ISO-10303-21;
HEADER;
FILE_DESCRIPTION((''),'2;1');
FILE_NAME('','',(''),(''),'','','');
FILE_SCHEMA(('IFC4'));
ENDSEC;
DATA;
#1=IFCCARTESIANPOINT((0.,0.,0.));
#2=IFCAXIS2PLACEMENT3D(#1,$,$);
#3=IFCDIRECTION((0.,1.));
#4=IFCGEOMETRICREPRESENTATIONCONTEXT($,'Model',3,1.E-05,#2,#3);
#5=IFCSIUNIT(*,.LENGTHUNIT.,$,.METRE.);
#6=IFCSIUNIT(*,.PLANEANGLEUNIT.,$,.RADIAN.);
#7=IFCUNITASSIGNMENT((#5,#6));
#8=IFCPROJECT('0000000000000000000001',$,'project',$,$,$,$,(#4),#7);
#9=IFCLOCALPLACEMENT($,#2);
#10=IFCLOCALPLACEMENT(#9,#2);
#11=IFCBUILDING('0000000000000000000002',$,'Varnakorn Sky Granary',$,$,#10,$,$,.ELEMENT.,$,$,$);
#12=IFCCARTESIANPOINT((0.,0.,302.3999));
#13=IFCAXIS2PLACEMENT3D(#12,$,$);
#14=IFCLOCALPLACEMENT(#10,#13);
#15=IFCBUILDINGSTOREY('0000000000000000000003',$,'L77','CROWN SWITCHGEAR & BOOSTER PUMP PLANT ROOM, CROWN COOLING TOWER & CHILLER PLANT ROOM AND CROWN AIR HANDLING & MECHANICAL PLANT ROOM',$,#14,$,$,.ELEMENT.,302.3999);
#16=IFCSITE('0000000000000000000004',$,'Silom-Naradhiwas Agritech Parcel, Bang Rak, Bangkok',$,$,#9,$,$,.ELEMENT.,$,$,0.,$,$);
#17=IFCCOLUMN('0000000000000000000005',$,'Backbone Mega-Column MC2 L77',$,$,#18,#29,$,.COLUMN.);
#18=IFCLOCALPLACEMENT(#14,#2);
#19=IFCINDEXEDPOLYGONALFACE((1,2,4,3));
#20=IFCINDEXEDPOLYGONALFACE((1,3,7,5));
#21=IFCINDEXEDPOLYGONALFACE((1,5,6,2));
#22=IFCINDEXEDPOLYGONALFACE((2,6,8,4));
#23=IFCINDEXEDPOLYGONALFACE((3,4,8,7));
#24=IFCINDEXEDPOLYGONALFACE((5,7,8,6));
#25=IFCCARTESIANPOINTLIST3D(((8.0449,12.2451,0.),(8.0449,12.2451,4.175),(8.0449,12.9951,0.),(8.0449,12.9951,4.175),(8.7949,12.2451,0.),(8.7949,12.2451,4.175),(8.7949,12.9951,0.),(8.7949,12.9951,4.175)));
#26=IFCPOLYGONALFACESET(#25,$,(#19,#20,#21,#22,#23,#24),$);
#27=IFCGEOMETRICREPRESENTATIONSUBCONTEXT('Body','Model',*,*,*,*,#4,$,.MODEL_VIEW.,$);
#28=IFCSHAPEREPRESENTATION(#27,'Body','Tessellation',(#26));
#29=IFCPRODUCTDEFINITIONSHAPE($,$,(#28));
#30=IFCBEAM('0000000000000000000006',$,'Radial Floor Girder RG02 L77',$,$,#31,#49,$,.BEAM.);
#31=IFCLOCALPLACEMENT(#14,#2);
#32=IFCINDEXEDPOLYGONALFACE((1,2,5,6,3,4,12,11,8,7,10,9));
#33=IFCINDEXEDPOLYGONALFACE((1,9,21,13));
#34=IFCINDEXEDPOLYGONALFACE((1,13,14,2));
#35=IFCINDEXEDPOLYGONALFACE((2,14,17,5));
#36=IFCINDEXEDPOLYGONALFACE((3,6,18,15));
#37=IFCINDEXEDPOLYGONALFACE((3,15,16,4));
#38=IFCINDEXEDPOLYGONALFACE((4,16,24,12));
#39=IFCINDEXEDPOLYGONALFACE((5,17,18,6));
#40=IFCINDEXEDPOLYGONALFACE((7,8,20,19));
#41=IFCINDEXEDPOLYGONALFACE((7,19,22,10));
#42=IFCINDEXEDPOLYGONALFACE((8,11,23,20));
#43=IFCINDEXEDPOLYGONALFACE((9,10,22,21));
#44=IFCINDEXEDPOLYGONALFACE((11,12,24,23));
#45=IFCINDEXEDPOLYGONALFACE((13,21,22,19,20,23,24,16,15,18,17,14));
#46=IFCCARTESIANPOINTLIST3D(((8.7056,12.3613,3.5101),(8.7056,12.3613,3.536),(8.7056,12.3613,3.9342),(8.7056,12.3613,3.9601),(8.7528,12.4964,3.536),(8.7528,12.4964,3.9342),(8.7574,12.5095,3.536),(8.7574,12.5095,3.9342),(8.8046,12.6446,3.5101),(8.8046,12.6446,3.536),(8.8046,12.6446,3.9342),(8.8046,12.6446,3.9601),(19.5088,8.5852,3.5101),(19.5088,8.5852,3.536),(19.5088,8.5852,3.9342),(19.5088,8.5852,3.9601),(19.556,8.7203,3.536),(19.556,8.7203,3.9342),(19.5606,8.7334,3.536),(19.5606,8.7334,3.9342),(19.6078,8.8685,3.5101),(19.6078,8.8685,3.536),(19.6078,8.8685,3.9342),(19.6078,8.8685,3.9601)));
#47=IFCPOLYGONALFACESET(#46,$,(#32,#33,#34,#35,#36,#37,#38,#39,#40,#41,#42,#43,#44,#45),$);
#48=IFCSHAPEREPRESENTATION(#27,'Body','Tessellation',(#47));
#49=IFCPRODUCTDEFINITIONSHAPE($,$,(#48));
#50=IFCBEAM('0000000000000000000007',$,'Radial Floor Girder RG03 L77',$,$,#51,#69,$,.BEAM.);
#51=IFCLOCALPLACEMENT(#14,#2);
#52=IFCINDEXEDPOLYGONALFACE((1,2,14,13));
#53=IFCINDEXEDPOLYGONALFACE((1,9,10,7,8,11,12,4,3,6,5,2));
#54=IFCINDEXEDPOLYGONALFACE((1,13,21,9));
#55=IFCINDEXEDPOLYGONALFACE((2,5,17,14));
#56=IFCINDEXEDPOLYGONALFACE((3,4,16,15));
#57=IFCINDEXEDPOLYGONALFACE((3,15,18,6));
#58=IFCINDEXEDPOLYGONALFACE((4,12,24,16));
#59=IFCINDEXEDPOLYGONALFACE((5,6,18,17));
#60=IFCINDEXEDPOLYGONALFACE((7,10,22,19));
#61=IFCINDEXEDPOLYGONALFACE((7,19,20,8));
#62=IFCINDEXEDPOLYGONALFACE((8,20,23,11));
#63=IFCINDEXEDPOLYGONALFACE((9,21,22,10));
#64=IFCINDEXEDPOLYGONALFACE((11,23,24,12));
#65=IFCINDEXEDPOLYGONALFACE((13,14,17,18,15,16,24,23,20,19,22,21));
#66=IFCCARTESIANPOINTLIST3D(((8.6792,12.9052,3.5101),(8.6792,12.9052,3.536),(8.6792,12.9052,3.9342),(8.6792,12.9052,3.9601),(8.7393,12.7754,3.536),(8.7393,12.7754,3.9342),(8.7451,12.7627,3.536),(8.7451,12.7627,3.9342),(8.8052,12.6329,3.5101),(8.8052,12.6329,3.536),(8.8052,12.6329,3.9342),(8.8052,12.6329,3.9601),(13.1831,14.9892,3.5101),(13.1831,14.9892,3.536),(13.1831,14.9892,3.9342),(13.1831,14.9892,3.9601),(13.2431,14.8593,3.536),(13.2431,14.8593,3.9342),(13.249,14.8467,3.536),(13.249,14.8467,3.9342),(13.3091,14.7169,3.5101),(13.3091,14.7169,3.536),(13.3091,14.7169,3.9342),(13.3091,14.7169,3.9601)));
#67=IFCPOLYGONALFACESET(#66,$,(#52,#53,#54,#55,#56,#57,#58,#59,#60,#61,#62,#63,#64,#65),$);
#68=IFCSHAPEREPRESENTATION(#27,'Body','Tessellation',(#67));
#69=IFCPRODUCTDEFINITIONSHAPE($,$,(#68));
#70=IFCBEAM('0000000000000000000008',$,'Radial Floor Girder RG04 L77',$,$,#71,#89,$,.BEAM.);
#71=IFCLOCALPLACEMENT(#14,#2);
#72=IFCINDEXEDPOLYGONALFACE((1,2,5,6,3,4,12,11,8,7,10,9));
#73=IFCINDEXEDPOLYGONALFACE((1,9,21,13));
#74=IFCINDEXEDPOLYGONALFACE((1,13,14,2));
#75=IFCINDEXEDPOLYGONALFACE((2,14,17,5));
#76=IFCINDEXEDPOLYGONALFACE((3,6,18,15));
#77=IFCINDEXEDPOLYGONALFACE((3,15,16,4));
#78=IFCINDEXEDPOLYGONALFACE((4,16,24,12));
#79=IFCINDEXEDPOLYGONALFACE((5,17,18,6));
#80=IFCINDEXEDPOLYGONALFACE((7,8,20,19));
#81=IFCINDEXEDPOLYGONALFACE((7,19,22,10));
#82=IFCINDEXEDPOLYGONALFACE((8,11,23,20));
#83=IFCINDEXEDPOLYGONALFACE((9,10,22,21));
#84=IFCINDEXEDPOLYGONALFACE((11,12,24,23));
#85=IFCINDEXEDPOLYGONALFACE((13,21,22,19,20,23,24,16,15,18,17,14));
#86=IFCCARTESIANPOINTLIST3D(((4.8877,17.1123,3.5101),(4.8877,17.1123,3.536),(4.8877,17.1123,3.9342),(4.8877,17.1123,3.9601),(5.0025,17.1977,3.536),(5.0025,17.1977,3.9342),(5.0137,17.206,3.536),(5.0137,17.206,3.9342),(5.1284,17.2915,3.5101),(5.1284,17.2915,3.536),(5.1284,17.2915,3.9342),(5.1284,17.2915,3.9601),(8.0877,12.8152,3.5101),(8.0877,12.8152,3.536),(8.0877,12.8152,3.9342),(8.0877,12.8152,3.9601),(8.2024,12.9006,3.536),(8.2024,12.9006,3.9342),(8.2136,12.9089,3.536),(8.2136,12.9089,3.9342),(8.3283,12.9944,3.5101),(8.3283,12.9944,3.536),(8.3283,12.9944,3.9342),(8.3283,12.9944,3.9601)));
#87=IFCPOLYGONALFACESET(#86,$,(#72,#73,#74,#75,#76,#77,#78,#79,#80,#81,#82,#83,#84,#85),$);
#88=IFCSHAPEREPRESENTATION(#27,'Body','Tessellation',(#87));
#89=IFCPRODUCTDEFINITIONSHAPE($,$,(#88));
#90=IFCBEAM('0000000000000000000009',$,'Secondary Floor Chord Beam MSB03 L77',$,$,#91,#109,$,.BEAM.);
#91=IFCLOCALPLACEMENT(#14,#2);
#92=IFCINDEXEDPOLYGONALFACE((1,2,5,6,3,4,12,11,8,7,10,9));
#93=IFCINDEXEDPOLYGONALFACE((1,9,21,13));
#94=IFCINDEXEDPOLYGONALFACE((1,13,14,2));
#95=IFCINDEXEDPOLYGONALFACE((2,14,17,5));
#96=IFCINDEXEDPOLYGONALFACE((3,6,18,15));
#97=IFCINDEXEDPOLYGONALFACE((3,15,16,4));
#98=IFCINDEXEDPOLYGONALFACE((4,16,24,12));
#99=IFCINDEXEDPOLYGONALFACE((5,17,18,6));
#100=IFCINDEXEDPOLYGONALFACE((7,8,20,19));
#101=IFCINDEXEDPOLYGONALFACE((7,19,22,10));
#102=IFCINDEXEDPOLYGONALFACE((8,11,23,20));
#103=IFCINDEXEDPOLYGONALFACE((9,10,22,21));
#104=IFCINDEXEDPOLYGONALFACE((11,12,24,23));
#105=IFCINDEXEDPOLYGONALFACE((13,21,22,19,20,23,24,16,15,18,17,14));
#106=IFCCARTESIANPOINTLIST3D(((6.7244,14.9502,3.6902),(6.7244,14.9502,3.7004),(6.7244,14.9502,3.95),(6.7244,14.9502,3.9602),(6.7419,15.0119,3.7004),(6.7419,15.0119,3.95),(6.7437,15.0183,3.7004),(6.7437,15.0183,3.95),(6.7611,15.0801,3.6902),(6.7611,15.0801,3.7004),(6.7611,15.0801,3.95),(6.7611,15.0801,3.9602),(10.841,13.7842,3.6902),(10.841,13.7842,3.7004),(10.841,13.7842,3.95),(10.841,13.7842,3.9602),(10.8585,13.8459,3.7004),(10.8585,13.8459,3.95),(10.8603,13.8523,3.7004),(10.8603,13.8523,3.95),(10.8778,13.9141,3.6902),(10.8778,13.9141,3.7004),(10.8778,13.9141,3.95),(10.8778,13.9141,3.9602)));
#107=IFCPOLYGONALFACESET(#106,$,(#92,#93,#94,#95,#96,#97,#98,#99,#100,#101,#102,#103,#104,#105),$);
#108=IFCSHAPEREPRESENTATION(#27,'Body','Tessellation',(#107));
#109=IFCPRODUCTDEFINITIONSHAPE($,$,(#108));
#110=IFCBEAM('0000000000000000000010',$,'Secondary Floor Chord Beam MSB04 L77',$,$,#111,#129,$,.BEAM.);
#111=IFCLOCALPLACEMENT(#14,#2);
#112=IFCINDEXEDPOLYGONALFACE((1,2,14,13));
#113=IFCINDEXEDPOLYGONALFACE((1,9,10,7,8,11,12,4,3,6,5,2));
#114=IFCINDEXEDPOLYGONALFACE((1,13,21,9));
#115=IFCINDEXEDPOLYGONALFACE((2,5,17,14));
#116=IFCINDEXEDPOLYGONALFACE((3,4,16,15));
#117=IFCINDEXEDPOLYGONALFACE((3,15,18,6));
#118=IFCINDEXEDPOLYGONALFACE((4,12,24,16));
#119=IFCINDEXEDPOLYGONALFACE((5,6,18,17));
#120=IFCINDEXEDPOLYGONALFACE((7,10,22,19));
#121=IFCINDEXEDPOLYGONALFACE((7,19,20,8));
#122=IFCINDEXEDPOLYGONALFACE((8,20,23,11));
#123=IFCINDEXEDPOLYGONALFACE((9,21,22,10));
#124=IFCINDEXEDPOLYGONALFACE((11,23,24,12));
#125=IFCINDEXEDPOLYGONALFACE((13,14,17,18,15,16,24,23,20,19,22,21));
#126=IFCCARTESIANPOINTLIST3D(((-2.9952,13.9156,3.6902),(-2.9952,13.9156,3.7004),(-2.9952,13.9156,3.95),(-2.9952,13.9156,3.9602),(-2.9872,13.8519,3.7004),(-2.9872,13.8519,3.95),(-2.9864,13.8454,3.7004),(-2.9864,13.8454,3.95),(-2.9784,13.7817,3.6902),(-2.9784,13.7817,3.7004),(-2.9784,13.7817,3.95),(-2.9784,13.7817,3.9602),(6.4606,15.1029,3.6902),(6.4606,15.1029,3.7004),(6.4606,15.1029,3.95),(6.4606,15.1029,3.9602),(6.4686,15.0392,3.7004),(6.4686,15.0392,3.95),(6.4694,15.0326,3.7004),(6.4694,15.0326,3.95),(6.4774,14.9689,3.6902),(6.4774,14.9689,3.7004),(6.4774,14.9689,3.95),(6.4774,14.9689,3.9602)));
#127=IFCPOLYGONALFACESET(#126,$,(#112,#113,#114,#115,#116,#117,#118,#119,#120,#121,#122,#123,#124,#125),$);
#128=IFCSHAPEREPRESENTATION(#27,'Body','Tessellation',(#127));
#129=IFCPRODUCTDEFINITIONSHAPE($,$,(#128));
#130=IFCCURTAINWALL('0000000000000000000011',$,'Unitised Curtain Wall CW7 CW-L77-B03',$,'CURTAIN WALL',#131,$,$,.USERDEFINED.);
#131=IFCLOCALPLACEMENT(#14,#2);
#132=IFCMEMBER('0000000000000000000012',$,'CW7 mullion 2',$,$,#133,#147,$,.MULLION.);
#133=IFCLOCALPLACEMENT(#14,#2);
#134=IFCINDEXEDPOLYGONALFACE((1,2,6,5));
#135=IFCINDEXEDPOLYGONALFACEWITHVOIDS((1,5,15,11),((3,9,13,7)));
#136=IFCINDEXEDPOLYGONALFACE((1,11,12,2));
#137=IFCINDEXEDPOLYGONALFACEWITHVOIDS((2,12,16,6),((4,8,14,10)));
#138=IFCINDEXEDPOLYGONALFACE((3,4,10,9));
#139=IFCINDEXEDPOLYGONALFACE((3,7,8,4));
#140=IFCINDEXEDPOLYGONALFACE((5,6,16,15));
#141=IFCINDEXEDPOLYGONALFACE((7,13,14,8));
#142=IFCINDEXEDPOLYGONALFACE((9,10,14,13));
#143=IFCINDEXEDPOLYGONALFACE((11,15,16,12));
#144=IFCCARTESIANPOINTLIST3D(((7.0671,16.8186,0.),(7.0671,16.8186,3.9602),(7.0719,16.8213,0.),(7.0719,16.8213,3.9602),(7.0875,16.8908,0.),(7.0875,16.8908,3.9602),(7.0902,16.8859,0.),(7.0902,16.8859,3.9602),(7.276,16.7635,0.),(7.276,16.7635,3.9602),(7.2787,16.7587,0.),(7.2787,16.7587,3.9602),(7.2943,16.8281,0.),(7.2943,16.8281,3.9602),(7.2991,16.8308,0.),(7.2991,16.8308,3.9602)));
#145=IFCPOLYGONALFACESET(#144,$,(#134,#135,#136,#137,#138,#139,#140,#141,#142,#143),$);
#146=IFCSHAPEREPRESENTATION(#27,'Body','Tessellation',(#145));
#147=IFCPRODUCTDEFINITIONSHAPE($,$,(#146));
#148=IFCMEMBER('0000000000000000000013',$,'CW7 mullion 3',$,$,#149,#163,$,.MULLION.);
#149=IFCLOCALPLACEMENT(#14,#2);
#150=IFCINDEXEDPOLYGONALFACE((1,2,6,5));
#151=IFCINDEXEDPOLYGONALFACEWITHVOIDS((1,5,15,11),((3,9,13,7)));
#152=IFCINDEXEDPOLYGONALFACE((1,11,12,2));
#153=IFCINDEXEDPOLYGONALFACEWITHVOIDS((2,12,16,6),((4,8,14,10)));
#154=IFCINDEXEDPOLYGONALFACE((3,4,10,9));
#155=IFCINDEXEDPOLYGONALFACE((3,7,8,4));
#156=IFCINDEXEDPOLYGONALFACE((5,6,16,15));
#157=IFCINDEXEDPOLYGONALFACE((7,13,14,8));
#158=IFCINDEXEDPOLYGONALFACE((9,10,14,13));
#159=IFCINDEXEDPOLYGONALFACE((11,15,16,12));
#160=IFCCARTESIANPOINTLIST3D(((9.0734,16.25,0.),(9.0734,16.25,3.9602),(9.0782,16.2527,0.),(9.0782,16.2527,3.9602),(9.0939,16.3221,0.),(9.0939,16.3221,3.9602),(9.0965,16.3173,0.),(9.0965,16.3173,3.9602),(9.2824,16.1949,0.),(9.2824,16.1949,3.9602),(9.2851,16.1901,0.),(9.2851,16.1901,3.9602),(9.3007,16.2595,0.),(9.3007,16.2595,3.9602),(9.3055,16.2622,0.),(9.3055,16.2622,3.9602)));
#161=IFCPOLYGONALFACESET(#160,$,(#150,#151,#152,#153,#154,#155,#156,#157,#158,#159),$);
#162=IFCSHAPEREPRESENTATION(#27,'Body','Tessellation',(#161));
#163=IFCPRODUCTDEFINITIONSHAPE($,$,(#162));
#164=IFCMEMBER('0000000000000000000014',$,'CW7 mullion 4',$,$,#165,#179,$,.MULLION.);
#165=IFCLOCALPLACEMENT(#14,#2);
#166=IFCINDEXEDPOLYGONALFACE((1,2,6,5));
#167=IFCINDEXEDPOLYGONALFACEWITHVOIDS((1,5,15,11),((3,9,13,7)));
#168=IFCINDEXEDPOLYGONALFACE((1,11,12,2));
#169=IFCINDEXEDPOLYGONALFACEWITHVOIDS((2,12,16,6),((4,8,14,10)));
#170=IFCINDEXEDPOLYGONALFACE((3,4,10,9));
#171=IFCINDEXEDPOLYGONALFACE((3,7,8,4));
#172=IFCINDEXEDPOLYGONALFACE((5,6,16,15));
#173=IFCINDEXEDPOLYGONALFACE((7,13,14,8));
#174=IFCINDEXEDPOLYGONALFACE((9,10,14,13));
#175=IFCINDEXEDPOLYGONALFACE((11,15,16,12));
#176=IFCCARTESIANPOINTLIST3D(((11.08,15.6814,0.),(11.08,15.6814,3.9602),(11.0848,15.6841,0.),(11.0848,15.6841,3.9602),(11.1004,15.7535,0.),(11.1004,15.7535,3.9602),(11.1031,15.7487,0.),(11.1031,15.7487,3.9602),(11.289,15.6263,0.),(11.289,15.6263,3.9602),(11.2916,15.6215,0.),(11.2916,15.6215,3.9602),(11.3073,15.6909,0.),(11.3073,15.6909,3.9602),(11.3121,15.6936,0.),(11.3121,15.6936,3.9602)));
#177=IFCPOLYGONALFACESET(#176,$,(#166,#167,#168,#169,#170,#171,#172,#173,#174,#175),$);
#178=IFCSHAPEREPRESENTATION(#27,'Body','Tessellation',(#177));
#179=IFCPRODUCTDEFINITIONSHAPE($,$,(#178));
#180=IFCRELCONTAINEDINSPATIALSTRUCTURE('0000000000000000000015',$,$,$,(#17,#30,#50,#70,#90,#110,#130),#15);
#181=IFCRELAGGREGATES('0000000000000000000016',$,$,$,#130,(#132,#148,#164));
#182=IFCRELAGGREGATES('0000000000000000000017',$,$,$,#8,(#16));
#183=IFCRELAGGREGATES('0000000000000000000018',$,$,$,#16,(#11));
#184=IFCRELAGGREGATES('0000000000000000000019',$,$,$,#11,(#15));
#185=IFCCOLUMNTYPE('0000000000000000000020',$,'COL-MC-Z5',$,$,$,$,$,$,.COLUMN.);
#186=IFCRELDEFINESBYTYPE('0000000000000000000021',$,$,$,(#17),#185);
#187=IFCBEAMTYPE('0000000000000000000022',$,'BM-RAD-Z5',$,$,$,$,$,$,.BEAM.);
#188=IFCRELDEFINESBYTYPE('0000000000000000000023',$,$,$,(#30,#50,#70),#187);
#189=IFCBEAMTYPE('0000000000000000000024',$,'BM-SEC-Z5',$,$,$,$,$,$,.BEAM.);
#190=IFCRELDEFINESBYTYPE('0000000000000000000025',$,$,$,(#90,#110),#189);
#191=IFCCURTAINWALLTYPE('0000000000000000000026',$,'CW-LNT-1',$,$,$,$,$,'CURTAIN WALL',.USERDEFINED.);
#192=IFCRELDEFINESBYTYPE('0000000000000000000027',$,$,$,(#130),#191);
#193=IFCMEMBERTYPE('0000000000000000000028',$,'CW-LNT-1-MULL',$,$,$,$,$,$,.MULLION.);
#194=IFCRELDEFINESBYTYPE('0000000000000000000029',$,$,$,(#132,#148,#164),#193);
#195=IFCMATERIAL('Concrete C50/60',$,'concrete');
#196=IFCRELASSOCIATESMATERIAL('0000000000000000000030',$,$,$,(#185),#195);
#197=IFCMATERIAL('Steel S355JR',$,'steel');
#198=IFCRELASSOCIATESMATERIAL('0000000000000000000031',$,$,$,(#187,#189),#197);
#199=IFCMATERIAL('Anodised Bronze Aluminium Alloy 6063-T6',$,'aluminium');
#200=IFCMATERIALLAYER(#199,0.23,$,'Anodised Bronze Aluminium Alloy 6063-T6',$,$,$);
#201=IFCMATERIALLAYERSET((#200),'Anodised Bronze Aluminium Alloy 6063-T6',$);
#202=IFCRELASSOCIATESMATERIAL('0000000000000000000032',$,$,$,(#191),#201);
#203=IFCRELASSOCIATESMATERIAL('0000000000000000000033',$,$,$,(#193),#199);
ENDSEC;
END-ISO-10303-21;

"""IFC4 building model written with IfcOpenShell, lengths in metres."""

from ifc_helpers import new_model, si_unit, direction, frame, origin, origin_2d, place, context, subcontext, project, spatial, rectangle, hollow_rectangle, i_section, extrude, material, layer, layer_set, material_profile, profile_set, type_object, element, aggregate, save


model = new_model("IFC4")

# Units and contexts
model_context = context("Model", 3, precision=1e-05, world=origin(), true_north=direction((0.0, 1.0)))
body_context = subcontext(model_context, "Body", "Model", "MODEL_VIEW")
ifc_project = project(units=[si_unit("LENGTHUNIT", "METRE"), si_unit("PLANEANGLEUNIT", "RADIAN")], contexts=[model_context])

# Site, building, storey
site_placement = place(None, origin())
site = spatial("IfcSite", under=ifc_project, at=site_placement, Name="Silom-Naradhiwas Agritech Parcel, Bang Rak, Bangkok", CompositionType="ELEMENT", RefElevation=0.0)
building_placement = place(site_placement, origin())
building = spatial("IfcBuilding", under=site, at=building_placement, Name="Varnakorn Sky Granary", CompositionType="ELEMENT")
storey_placement = place(building_placement, frame((0.0, 0.0, 302.3999)))
storey = spatial("IfcBuildingStorey", under=building, at=storey_placement, Name="L77", Description="CROWN SWITCHGEAR & BOOSTER PUMP PLANT ROOM, CROWN COOLING TOWER & CHILLER PLANT ROOM AND CROWN AIR HANDLING & MECHANICAL PLANT ROOM", CompositionType="ELEMENT", Elevation=302.3999)

# Column
ifc_material_1 = material(Name="Concrete C50/60", Category="concrete")
ifc_material_profile_1 = material_profile(ifc_material_1, rectangle(XDim=0.75, YDim=0.75, at=origin_2d()), Name="RC 750x750")
ifc_profile_set_1 = profile_set([ifc_material_profile_1], Name="Concrete C50/60")
column_type = type_object("IfcColumnType", Name="COL-MC-Z5", PredefinedType="COLUMN", material=ifc_profile_set_1)
column_placement = place(storey_placement, frame((8.4199, 12.6201, 0.0), z_axis=(0.0, 0.0, 1.0), x_axis=(1.0, 0.0, 0.0)))
element("IfcColumn", 1, at=column_placement, inside=storey, type_object=column_type, Name="Backbone Mega-Column MC2 L77", PredefinedType="COLUMN", context=body_context, shape_type="SweptSolid", body=[
    extrude(rectangle(XDim=0.75, YDim=0.75, at=origin_2d()), origin(), (0.0, 0.0, 1.0), 4.175),
])

# Beams
ifc_material_2 = material(Name="Steel S355JR", Category="steel")
ifc_material_profile_2 = material_profile(ifc_material_2, i_section(OverallWidth=0.3, OverallDepth=0.45, WebThickness=0.0139, FlangeThickness=0.0259, at=origin_2d()), Name="HE 450 B")
ifc_profile_set_2 = profile_set([ifc_material_profile_2], Name="Steel S355JR")
beam_type_1 = type_object("IfcBeamType", Name="BM-RAD-Z5", PredefinedType="BEAM", material=ifc_profile_set_2)
beam_1_placement = place(storey_placement, frame((8.7551, 12.5029, 3.7351), z_axis=(0.943995, -0.329961, 0.0), x_axis=(0.329961, 0.943995, 0.0)))
element("IfcBeam", 2, at=beam_1_placement, inside=storey, type_object=beam_type_1, Name="Radial Floor Girder RG02 L77", PredefinedType="BEAM", context=body_context, shape_type="SweptSolid", body=[
    extrude(i_section(OverallWidth=0.3, OverallDepth=0.45, WebThickness=0.0139, FlangeThickness=0.0259, at=origin_2d()), origin(), (0.0, 0.0, 1.0), 11.4441),
])
beam_2_placement = place(storey_placement, frame((8.7422, 12.769, 3.7351), z_axis=(0.907556, 0.419932, 0.0), x_axis=(-0.419932, 0.907556, 0.0)))
element("IfcBeam", 3, at=beam_2_placement, inside=storey, type_object=beam_type_1, Name="Radial Floor Girder RG03 L77", PredefinedType="BEAM", context=body_context, shape_type="SweptSolid", body=[
    extrude(i_section(OverallWidth=0.3, OverallDepth=0.45, WebThickness=0.0139, FlangeThickness=0.0259, at=origin_2d()), origin(), (0.0, 0.0, 1.0), 4.9626),
])
beam_3_placement = place(storey_placement, frame((8.208, 12.9048, 3.7351), z_axis=(-0.597262, 0.802046, 0.0), x_axis=(-0.802046, -0.597262, 0.0)))
element("IfcBeam", 4, at=beam_3_placement, inside=storey, type_object=beam_type_1, Name="Radial Floor Girder RG04 L77", PredefinedType="BEAM", context=body_context, shape_type="SweptSolid", body=[
    extrude(i_section(OverallWidth=0.3, OverallDepth=0.45, WebThickness=0.0139, FlangeThickness=0.0259, at=origin_2d()), origin(), (0.0, 0.0, 1.0), 5.3577),
])
ifc_material_profile_3 = material_profile(ifc_material_2, i_section(OverallWidth=0.135, OverallDepth=0.27, WebThickness=0.0066, FlangeThickness=0.0103, at=origin_2d()), Name="IPE 270")
ifc_profile_set_3 = profile_set([ifc_material_profile_3], Name="Steel S355JR")
beam_type_2 = type_object("IfcBeamType", Name="BM-SEC-Z5", PredefinedType="BEAM", material=ifc_profile_set_3)
beam_4_placement = place(storey_placement, frame((10.8594, 13.8491, 3.8252), z_axis=(-0.96215, 0.27252, 0.0), x_axis=(-0.27252, -0.96215, 0.0)))
element("IfcBeam", 5, at=beam_4_placement, inside=storey, type_object=beam_type_2, Name="Secondary Floor Chord Beam MSB03 L77", PredefinedType="BEAM", context=body_context, shape_type="SweptSolid", body=[
    extrude(i_section(OverallWidth=0.135, OverallDepth=0.27, WebThickness=0.0066, FlangeThickness=0.0103, at=origin_2d()), origin(), (0.0, 0.0, 1.0), 4.2786),
])
beam_5_placement = place(storey_placement, frame((6.469, 15.0359, 3.8252), z_axis=(-0.99221, -0.12458, 0.0), x_axis=(0.12458, -0.99221, 0.0)))
element("IfcBeam", 6, at=beam_5_placement, inside=storey, type_object=beam_type_2, Name="Secondary Floor Chord Beam MSB04 L77", PredefinedType="BEAM", context=body_context, shape_type="SweptSolid", body=[
    extrude(i_section(OverallWidth=0.135, OverallDepth=0.27, WebThickness=0.0066, FlangeThickness=0.0103, at=origin_2d()), origin(), (0.0, 0.0, 1.0), 9.53),
])

# Curtain wall, members
ifc_material_3 = material(Name="Anodised Bronze Aluminium Alloy 6063-T6", Category="aluminium")
ifc_layer_1 = layer(ifc_material_3, 0.23, Name="Anodised Bronze Aluminium Alloy 6063-T6")
ifc_layer_set_1 = layer_set([ifc_layer_1], Name="Anodised Bronze Aluminium Alloy 6063-T6")
curtain_wall_type = type_object("IfcCurtainWallType", Name="CW-LNT-1", ElementType="CURTAIN WALL", PredefinedType="USERDEFINED", material=ifc_layer_set_1)
curtain_wall_placement = place(storey_placement, origin())
curtain_wall = element("IfcCurtainWall", 7, at=curtain_wall_placement, inside=storey, type_object=curtain_wall_type, Name="Unitised Curtain Wall CW7 CW-L77-B03", ObjectType="CURTAIN WALL", PredefinedType="USERDEFINED")
ifc_material_profile_4 = material_profile(ifc_material_3, hollow_rectangle(XDim=0.075, YDim=0.22, WallThickness=0.0039, at=origin_2d()), Name="ALU MULL 75x220")
ifc_profile_set_4 = profile_set([ifc_material_profile_4], Name="Anodised Bronze Aluminium Alloy 6063-T6")
member_type_1 = type_object("IfcMemberType", Name="CW-LNT-1-MULL", PredefinedType="MULLION", material=ifc_profile_set_4)
member_1_placement = place(storey_placement, frame((7.1831, 16.8247, 0.0), z_axis=(0.0, 0.0, 1.0), x_axis=(0.27265, 0.962113, 0.0)))
member_1 = element("IfcMember", 8, at=member_1_placement, type_object=member_type_1, Name="CW7 mullion 2", PredefinedType="MULLION", context=body_context, shape_type="SweptSolid", body=[
    extrude(hollow_rectangle(XDim=0.075, YDim=0.22, WallThickness=0.0039, at=origin_2d()), origin(), (0.0, 0.0, 1.0), 3.9602),
])
member_2_placement = place(storey_placement, frame((9.1895, 16.2561, 0.0), z_axis=(0.0, 0.0, 1.0), x_axis=(0.27265, 0.962113, 0.0)))
member_2 = element("IfcMember", 9, at=member_2_placement, type_object=member_type_1, Name="CW7 mullion 3", PredefinedType="MULLION", context=body_context, shape_type="SweptSolid", body=[
    extrude(hollow_rectangle(XDim=0.075, YDim=0.22, WallThickness=0.0039, at=origin_2d()), origin(), (0.0, 0.0, 1.0), 3.9602),
])
member_3_placement = place(storey_placement, frame((11.196, 15.6875, 0.0), z_axis=(0.0, 0.0, 1.0), x_axis=(0.27265, 0.962113, 0.0)))
member_3 = element("IfcMember", 10, at=member_3_placement, type_object=member_type_1, Name="CW7 mullion 4", PredefinedType="MULLION", context=body_context, shape_type="SweptSolid", body=[
    extrude(hollow_rectangle(XDim=0.075, YDim=0.22, WallThickness=0.0039, at=origin_2d()), origin(), (0.0, 0.0, 1.0), 3.9602),
])

aggregate(curtain_wall, [member_1, member_2, member_3])

save(model, "model.ifc")
